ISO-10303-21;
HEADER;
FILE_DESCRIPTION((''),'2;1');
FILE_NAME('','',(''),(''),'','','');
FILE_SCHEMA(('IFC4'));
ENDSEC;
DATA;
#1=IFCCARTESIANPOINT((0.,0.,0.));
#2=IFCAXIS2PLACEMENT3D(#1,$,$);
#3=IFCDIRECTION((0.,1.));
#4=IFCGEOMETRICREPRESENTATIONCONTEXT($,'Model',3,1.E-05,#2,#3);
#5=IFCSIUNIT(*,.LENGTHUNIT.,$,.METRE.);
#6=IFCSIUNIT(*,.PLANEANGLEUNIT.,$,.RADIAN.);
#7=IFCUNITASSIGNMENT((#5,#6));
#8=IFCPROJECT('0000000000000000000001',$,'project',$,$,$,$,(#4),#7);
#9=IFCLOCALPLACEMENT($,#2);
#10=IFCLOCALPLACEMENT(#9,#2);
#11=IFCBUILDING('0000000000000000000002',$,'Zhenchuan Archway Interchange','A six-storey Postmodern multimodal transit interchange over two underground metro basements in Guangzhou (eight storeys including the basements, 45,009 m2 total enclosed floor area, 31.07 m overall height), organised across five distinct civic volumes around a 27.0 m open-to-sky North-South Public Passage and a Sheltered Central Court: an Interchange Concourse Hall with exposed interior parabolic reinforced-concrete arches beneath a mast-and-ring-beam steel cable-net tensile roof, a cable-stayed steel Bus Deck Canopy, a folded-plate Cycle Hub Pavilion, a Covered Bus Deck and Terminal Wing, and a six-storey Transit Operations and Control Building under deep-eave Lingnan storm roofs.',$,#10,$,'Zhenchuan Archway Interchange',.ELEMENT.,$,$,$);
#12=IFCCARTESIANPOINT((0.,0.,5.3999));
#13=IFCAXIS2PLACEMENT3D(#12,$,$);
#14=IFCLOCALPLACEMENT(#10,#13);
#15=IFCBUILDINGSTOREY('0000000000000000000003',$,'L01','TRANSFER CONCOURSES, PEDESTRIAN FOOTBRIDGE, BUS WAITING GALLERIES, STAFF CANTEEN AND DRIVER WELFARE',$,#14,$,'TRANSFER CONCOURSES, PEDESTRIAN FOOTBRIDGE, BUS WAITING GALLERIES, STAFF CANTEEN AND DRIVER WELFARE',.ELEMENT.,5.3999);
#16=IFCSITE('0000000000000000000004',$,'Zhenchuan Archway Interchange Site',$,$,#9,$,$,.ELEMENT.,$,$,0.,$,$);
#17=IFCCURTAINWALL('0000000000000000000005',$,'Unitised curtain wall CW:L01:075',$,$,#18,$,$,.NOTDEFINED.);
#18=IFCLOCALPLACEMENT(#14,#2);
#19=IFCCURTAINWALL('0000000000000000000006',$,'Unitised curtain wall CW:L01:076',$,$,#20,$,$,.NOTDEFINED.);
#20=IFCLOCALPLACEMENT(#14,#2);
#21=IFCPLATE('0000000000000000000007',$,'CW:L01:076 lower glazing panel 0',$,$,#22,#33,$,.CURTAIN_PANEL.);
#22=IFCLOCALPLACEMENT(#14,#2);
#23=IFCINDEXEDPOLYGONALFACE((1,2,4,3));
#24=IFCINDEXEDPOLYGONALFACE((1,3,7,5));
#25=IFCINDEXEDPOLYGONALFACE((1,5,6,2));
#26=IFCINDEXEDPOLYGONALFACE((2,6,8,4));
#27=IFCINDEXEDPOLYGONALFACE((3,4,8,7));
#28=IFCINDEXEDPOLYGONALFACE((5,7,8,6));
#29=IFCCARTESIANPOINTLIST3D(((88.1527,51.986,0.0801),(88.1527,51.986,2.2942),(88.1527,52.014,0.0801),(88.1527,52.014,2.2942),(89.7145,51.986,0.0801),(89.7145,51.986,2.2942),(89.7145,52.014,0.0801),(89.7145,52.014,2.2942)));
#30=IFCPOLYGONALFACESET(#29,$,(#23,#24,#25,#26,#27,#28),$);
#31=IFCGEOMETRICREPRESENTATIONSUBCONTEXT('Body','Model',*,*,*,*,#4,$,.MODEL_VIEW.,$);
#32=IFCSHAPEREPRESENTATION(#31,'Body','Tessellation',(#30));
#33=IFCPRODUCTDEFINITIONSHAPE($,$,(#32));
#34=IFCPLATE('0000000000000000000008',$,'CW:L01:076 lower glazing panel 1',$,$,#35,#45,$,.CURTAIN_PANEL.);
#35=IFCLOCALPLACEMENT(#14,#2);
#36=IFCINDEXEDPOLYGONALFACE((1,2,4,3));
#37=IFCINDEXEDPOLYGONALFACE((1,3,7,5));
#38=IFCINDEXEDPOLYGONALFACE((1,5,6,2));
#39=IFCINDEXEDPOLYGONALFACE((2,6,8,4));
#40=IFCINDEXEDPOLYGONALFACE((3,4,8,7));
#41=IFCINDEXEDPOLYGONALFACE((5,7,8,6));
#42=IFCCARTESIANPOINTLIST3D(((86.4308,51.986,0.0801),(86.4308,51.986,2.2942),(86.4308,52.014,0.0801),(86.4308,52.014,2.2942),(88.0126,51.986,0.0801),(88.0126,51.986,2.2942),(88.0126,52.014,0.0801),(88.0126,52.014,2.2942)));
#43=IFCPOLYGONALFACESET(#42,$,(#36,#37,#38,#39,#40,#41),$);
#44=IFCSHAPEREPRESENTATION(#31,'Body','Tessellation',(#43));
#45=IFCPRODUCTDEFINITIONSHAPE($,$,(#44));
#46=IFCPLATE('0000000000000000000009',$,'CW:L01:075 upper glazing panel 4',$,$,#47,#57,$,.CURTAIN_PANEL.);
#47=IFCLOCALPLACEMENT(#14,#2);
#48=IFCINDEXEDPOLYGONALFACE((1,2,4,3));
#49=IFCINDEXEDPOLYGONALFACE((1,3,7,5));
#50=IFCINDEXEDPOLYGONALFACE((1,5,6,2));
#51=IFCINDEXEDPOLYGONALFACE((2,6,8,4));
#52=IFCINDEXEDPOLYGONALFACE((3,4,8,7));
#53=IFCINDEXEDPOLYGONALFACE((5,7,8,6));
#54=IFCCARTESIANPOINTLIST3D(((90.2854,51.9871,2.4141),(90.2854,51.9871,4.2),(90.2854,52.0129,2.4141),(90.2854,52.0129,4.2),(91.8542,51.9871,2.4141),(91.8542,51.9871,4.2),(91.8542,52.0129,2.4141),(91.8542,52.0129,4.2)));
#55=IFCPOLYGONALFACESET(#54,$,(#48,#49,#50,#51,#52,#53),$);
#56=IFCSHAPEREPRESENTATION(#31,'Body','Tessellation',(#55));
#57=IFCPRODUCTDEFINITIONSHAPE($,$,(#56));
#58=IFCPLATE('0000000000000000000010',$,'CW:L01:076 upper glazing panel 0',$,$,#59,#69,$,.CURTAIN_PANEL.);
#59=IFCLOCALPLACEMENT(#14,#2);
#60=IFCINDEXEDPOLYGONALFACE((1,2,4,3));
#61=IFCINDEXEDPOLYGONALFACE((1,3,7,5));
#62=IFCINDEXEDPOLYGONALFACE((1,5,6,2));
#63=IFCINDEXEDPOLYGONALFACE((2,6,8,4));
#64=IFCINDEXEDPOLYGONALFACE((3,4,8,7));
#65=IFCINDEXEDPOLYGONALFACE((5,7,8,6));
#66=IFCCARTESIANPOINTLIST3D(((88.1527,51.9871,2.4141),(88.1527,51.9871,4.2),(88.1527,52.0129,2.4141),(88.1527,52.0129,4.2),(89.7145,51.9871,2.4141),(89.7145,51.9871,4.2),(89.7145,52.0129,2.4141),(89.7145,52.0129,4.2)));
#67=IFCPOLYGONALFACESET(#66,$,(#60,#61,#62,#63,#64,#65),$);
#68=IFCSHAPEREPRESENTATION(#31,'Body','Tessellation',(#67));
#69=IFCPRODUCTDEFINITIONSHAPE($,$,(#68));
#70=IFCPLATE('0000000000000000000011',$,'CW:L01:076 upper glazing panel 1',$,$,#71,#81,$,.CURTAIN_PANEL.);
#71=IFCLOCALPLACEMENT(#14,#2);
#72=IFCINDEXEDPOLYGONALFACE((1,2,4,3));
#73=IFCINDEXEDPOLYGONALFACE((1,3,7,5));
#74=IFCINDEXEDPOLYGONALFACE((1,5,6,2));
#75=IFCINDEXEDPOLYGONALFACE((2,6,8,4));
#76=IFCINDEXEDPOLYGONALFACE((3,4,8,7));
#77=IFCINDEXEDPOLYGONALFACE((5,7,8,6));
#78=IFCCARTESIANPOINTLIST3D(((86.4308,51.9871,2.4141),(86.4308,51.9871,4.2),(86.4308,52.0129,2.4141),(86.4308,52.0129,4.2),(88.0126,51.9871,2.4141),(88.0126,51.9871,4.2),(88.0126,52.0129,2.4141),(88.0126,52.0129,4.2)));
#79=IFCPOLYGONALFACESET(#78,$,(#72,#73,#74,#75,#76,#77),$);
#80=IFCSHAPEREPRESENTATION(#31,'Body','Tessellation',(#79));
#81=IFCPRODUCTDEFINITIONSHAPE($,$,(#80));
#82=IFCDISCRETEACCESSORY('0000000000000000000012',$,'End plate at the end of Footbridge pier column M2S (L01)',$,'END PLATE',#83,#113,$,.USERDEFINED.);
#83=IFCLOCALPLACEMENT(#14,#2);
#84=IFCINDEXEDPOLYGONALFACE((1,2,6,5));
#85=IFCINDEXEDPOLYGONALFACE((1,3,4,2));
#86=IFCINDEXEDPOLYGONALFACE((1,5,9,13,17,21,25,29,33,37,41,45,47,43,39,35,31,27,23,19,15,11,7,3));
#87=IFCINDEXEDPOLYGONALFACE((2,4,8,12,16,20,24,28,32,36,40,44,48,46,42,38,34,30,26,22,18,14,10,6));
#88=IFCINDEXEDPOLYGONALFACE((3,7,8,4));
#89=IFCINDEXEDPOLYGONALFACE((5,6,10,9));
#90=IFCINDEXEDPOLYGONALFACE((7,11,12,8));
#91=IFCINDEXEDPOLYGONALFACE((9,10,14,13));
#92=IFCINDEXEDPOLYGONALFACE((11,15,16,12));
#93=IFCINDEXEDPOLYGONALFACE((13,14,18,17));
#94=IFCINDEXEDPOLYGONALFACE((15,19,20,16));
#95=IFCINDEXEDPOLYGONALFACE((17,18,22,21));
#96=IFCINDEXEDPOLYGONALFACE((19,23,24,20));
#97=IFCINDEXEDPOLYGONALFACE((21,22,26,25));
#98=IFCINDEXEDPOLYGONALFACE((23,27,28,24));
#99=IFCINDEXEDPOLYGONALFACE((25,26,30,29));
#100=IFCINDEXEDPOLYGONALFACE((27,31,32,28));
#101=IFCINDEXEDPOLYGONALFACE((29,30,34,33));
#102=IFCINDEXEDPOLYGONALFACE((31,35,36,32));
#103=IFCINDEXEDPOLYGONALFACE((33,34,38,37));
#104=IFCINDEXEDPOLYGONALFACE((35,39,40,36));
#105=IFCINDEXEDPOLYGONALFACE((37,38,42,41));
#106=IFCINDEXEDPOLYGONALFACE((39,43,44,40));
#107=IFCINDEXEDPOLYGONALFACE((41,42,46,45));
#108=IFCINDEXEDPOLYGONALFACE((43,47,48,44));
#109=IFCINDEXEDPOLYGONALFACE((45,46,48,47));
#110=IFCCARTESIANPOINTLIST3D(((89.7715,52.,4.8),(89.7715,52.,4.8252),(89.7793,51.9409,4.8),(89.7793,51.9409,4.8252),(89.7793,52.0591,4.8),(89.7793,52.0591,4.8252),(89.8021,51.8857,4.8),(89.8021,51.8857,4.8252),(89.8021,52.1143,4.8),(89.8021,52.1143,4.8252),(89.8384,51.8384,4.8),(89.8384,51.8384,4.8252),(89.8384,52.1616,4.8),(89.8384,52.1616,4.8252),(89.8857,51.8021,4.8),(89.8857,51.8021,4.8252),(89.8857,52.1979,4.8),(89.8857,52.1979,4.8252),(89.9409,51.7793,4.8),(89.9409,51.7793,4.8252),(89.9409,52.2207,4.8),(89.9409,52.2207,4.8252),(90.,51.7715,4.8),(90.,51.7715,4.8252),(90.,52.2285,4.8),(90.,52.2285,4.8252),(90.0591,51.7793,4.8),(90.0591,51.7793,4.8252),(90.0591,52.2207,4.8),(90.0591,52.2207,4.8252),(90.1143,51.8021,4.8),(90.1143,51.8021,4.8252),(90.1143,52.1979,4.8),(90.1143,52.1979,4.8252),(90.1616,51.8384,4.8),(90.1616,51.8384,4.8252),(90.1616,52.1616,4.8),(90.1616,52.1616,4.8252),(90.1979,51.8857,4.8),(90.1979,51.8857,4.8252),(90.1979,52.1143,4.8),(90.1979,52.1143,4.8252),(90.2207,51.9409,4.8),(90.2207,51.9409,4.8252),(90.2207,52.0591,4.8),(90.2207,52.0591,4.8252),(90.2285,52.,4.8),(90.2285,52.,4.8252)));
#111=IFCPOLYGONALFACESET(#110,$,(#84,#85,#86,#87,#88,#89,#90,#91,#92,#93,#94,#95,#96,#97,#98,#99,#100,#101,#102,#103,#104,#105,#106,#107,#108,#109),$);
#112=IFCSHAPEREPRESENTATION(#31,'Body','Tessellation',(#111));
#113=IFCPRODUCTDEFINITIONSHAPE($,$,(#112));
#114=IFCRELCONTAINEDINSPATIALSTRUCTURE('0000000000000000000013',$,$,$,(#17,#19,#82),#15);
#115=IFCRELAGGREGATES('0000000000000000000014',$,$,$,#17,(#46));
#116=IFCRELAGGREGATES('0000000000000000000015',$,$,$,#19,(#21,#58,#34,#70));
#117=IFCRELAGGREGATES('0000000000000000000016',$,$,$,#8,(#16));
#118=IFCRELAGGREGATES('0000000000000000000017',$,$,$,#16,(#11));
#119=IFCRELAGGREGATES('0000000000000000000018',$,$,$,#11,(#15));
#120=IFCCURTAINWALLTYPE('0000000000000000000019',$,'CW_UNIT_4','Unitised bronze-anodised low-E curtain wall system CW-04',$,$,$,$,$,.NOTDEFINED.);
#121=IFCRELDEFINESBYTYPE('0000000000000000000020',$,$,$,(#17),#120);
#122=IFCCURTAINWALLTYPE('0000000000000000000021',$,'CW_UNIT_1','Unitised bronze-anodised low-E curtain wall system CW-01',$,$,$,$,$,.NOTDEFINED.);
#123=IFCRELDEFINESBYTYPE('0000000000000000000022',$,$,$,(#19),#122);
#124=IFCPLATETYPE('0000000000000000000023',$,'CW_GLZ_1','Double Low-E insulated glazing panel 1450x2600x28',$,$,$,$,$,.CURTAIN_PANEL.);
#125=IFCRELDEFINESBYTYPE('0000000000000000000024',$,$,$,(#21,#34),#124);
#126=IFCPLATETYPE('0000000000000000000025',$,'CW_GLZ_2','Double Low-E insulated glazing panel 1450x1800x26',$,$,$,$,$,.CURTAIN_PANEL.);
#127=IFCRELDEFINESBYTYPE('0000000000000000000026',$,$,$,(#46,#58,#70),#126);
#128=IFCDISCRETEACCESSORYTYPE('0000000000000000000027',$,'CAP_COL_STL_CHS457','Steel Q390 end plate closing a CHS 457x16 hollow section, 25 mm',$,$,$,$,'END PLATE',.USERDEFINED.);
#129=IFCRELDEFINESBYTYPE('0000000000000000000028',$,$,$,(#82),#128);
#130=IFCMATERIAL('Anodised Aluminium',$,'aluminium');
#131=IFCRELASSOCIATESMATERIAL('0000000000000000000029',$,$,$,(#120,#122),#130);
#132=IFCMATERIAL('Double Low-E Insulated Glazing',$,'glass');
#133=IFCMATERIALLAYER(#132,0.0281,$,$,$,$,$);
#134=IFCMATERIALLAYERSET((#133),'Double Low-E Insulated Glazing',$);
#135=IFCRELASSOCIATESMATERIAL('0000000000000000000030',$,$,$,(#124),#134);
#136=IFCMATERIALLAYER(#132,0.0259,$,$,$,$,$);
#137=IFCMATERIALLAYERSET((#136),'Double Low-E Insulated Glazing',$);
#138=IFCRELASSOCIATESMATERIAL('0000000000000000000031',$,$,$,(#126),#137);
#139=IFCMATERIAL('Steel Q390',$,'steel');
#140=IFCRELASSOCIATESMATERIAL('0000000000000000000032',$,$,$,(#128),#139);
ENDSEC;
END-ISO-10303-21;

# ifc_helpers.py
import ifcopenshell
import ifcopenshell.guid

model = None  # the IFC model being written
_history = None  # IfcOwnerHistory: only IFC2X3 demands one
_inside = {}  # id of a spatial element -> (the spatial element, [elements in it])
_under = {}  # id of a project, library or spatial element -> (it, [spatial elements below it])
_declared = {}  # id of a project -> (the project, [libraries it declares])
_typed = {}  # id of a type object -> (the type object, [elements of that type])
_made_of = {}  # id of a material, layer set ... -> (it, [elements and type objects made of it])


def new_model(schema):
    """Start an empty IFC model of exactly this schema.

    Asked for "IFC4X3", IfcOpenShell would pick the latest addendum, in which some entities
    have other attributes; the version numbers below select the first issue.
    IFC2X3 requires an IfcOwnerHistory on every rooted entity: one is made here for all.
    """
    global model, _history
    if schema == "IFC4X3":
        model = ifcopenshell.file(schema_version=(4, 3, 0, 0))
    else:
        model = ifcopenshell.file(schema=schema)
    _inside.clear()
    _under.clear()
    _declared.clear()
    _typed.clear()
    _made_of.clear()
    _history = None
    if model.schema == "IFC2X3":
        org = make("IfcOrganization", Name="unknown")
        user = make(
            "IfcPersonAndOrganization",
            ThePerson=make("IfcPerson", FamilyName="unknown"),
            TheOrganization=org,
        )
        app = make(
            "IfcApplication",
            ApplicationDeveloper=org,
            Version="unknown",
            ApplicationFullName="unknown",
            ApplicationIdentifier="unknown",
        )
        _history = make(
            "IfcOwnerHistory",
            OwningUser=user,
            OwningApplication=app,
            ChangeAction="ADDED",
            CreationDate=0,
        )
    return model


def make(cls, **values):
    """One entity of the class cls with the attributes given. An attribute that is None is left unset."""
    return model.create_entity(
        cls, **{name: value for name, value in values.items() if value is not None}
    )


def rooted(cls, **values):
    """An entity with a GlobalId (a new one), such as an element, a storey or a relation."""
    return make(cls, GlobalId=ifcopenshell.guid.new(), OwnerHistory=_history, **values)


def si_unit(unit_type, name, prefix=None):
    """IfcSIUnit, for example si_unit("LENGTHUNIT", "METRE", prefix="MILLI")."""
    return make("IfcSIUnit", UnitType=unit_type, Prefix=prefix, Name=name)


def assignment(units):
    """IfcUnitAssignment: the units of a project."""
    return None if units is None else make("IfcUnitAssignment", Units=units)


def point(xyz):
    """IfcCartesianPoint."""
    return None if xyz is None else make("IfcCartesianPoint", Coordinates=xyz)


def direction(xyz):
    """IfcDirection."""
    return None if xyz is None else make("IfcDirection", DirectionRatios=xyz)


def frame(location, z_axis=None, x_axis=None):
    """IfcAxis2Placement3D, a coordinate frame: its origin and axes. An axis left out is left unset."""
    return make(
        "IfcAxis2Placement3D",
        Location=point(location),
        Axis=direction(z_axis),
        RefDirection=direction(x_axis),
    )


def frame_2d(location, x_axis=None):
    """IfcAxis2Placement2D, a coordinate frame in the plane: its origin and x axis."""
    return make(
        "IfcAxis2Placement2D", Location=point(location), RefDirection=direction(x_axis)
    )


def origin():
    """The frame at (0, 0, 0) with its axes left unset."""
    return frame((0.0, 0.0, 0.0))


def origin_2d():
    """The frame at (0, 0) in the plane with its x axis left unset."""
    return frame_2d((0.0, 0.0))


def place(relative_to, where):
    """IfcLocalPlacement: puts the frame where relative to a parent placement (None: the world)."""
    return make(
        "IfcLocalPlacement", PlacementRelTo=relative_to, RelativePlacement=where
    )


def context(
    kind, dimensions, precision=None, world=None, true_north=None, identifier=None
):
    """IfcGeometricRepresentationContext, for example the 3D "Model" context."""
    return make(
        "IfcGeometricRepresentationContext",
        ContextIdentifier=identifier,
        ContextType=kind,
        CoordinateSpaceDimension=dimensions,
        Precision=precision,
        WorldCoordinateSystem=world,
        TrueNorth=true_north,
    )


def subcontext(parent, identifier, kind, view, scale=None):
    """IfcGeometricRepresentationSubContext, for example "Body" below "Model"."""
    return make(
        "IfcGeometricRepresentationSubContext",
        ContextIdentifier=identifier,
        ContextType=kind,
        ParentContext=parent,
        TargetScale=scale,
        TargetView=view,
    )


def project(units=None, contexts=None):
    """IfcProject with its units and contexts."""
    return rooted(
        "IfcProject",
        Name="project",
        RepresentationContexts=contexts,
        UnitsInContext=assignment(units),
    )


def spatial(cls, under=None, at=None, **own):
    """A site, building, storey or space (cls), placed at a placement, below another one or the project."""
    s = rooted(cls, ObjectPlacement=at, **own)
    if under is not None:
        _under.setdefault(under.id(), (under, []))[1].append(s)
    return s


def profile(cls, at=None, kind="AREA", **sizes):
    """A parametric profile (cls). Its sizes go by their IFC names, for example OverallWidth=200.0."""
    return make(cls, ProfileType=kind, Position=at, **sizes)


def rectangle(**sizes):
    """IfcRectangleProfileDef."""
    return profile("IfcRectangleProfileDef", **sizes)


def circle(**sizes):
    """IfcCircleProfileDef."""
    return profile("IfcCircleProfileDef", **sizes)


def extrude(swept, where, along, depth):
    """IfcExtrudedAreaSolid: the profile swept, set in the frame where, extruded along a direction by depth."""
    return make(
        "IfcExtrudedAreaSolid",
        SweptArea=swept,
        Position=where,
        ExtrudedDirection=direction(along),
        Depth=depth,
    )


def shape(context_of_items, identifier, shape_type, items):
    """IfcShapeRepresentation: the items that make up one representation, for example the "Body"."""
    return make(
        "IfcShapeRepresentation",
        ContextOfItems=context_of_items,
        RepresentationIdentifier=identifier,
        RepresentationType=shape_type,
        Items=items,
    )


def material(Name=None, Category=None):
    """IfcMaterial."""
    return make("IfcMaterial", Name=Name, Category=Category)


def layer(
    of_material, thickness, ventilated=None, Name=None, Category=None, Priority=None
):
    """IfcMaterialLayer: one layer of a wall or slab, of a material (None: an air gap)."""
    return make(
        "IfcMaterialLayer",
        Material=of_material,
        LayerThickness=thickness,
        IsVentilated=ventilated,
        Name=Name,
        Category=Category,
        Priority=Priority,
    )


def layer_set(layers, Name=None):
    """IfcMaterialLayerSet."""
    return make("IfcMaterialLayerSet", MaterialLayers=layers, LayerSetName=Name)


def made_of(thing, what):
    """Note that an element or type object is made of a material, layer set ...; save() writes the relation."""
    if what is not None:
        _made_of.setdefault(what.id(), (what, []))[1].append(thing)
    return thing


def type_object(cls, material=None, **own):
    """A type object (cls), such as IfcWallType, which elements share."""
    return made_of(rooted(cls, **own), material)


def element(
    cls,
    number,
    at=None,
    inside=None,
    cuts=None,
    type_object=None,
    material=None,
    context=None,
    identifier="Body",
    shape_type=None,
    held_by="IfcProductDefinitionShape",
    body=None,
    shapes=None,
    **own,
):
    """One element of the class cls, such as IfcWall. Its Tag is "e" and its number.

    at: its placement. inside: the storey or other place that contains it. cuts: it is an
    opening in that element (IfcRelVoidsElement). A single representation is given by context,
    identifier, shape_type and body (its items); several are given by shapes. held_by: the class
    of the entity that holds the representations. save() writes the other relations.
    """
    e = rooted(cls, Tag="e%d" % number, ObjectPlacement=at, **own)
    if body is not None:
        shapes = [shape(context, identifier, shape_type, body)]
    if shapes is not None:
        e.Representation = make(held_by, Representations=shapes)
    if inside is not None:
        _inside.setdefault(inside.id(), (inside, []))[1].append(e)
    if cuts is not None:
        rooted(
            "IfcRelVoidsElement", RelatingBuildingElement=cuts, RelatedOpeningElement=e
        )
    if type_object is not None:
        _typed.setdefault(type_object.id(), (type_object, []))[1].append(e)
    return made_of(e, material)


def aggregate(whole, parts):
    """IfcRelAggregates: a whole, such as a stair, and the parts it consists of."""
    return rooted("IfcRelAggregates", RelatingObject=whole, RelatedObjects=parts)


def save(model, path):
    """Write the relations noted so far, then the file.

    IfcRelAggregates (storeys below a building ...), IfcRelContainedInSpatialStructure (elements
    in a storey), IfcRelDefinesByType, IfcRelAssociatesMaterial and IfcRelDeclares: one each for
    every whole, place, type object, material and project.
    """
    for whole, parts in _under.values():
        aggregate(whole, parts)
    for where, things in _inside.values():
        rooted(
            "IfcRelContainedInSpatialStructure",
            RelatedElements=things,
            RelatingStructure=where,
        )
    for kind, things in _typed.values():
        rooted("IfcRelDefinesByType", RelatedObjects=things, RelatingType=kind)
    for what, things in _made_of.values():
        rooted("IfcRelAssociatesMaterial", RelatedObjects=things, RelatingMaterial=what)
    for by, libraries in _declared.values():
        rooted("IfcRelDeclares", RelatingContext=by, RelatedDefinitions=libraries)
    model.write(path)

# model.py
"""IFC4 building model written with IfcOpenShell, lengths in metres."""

from ifc_helpers import new_model, si_unit, direction, frame, origin, origin_2d, place, context, subcontext, project, spatial, rectangle, circle, extrude, material, layer, layer_set, type_object, element, aggregate, save


model = new_model("IFC4")

# Units and contexts
model_context = context("Model", 3, precision=1e-05, world=origin(), true_north=direction((0.0, 1.0)))
body_context = subcontext(model_context, "Body", "Model", "MODEL_VIEW")
ifc_project = project(units=[si_unit("LENGTHUNIT", "METRE"), si_unit("PLANEANGLEUNIT", "RADIAN")], contexts=[model_context])

# Site, building, storey
site_placement = place(None, origin())
site = spatial("IfcSite", under=ifc_project, at=site_placement, Name="Zhenchuan Archway Interchange Site", CompositionType="ELEMENT", RefElevation=0.0)
building_placement = place(site_placement, origin())
building = spatial("IfcBuilding", under=site, at=building_placement, Name="Zhenchuan Archway Interchange", Description="A six-storey Postmodern multimodal transit interchange over two underground metro basements in Guangzhou (eight storeys including the basements, 45,009 m2 total enclosed floor area, 31.07 m overall height), organised across five distinct civic volumes around a 27.0 m open-to-sky North-South Public Passage and a Sheltered Central Court: an Interchange Concourse Hall with exposed interior parabolic reinforced-concrete arches beneath a mast-and-ring-beam steel cable-net tensile roof, a cable-stayed steel Bus Deck Canopy, a folded-plate Cycle Hub Pavilion, a Covered Bus Deck and Terminal Wing, and a six-storey Transit Operations and Control Building under deep-eave Lingnan storm roofs.", LongName="Zhenchuan Archway Interchange", CompositionType="ELEMENT")
storey_placement = place(building_placement, frame((0.0, 0.0, 5.3999)))
storey = spatial("IfcBuildingStorey", under=building, at=storey_placement, Name="L01", Description="TRANSFER CONCOURSES, PEDESTRIAN FOOTBRIDGE, BUS WAITING GALLERIES, STAFF CANTEEN AND DRIVER WELFARE", LongName="TRANSFER CONCOURSES, PEDESTRIAN FOOTBRIDGE, BUS WAITING GALLERIES, STAFF CANTEEN AND DRIVER WELFARE", CompositionType="ELEMENT", Elevation=5.3999)

# Shared definitions
ifc_material_1 = material(Name="Steel Q390", Category="steel")

# Curtain wall
ifc_material_2 = material(Name="Anodised Aluminium", Category="aluminium")
curtain_wall_type_1 = type_object("IfcCurtainWallType", Name="CW_UNIT_4", Description="Unitised bronze-anodised low-E curtain wall system CW-04", PredefinedType="NOTDEFINED", material=ifc_material_2)
curtain_wall_1_placement = place(storey_placement, origin())
curtain_wall_1 = element("IfcCurtainWall", 1, at=curtain_wall_1_placement, inside=storey, type_object=curtain_wall_type_1, Name="Unitised curtain wall CW:L01:075", PredefinedType="NOTDEFINED")

# Curtain wall
curtain_wall_type_2 = type_object("IfcCurtainWallType", Name="CW_UNIT_1", Description="Unitised bronze-anodised low-E curtain wall system CW-01", PredefinedType="NOTDEFINED", material=ifc_material_2)
curtain_wall_2_placement = place(storey_placement, origin())
curtain_wall_2 = element("IfcCurtainWall", 2, at=curtain_wall_2_placement, inside=storey, type_object=curtain_wall_type_2, Name="Unitised curtain wall CW:L01:076", PredefinedType="NOTDEFINED")

# Plates
ifc_material_3 = material(Name="Double Low-E Insulated Glazing", Category="glass")
ifc_layer_1 = layer(ifc_material_3, 0.0281)
ifc_layer_set_1 = layer_set([ifc_layer_1], Name="Double Low-E Insulated Glazing")
plate_type_1 = type_object("IfcPlateType", Name="CW_GLZ_1", Description="Double Low-E insulated glazing panel 1450x2600x28", PredefinedType="CURTAIN_PANEL", material=ifc_layer_set_1)
plate_1_placement = place(storey_placement, frame((88.9336, 52.0, 0.0801), z_axis=(0.0, 0.0, 1.0), x_axis=(-1.0, 0.0, 0.0)))
plate_1 = element("IfcPlate", 3, at=plate_1_placement, type_object=plate_type_1, Name="CW:L01:076 lower glazing panel 0", PredefinedType="CURTAIN_PANEL", context=body_context, shape_type="SweptSolid", body=[
    extrude(rectangle(XDim=1.5618, YDim=0.0281, at=origin_2d()), origin(), (0.0, 0.0, 1.0), 2.2141),
])
plate_2_placement = place(storey_placement, frame((87.2217, 52.0, 0.0801), z_axis=(0.0, 0.0, 1.0), x_axis=(-1.0, 0.0, 0.0)))
plate_2 = element("IfcPlate", 4, at=plate_2_placement, type_object=plate_type_1, Name="CW:L01:076 lower glazing panel 1", PredefinedType="CURTAIN_PANEL", context=body_context, shape_type="SweptSolid", body=[
    extrude(rectangle(XDim=1.5818, YDim=0.0281, at=origin_2d()), origin(), (0.0, 0.0, 1.0), 2.2141),
])
ifc_layer_2 = layer(ifc_material_3, 0.0259)
ifc_layer_set_2 = layer_set([ifc_layer_2], Name="Double Low-E Insulated Glazing")
plate_type_2 = type_object("IfcPlateType", Name="CW_GLZ_2", Description="Double Low-E insulated glazing panel 1450x1800x26", PredefinedType="CURTAIN_PANEL", material=ifc_layer_set_2)
plate_3_placement = place(storey_placement, frame((91.0698, 52.0, 2.4141), z_axis=(0.0, 0.0, 1.0), x_axis=(-1.0, 0.0, 0.0)))
plate_3 = element("IfcPlate", 5, at=plate_3_placement, type_object=plate_type_2, Name="CW:L01:075 upper glazing panel 4", PredefinedType="CURTAIN_PANEL", context=body_context, shape_type="SweptSolid", body=[
    extrude(rectangle(XDim=1.5688, YDim=0.0259, at=origin_2d()), origin(), (0.0, 0.0, 1.0), 1.7859),
])
aggregate(curtain_wall_1, [plate_3])
plate_4_placement = place(storey_placement, frame((88.9336, 52.0, 2.4141), z_axis=(0.0, 0.0, 1.0), x_axis=(-1.0, 0.0, 0.0)))
plate_4 = element("IfcPlate", 6, at=plate_4_placement, type_object=plate_type_2, Name="CW:L01:076 upper glazing panel 0", PredefinedType="CURTAIN_PANEL", context=body_context, shape_type="SweptSolid", body=[
    extrude(rectangle(XDim=1.5618, YDim=0.0259, at=origin_2d()), origin(), (0.0, 0.0, 1.0), 1.7859),
])
plate_5_placement = place(storey_placement, frame((87.2217, 52.0, 2.4141), z_axis=(0.0, 0.0, 1.0), x_axis=(-1.0, 0.0, 0.0)))
plate_5 = element("IfcPlate", 7, at=plate_5_placement, type_object=plate_type_2, Name="CW:L01:076 upper glazing panel 1", PredefinedType="CURTAIN_PANEL", context=body_context, shape_type="SweptSolid", body=[
    extrude(rectangle(XDim=1.5818, YDim=0.0259, at=origin_2d()), origin(), (0.0, 0.0, 1.0), 1.7859),
])
aggregate(curtain_wall_2, [plate_1, plate_4, plate_2, plate_5])

# Discrete accessory
discrete_accessory_type = type_object("IfcDiscreteAccessoryType", Name="CAP_COL_STL_CHS457", Description="Steel Q390 end plate closing a CHS 457x16 hollow section, 25 mm", ElementType="END PLATE", PredefinedType="USERDEFINED", material=ifc_material_1)
discrete_accessory_placement = place(storey_placement, frame((90.0, 52.0, 4.8), z_axis=(0.0, 0.0, 1.0), x_axis=(1.0, 0.0, 0.0)))
element("IfcDiscreteAccessory", 8, at=discrete_accessory_placement, inside=storey, type_object=discrete_accessory_type, Name="End plate at the end of Footbridge pier column M2S (L01)", ObjectType="END PLATE", PredefinedType="USERDEFINED", context=body_context, shape_type="SweptSolid", body=[
    extrude(circle(Radius=0.2285, at=origin_2d()), origin(), (0.0, 0.0, 1.0), 0.0251),
])

save(model, "model.ifc")
